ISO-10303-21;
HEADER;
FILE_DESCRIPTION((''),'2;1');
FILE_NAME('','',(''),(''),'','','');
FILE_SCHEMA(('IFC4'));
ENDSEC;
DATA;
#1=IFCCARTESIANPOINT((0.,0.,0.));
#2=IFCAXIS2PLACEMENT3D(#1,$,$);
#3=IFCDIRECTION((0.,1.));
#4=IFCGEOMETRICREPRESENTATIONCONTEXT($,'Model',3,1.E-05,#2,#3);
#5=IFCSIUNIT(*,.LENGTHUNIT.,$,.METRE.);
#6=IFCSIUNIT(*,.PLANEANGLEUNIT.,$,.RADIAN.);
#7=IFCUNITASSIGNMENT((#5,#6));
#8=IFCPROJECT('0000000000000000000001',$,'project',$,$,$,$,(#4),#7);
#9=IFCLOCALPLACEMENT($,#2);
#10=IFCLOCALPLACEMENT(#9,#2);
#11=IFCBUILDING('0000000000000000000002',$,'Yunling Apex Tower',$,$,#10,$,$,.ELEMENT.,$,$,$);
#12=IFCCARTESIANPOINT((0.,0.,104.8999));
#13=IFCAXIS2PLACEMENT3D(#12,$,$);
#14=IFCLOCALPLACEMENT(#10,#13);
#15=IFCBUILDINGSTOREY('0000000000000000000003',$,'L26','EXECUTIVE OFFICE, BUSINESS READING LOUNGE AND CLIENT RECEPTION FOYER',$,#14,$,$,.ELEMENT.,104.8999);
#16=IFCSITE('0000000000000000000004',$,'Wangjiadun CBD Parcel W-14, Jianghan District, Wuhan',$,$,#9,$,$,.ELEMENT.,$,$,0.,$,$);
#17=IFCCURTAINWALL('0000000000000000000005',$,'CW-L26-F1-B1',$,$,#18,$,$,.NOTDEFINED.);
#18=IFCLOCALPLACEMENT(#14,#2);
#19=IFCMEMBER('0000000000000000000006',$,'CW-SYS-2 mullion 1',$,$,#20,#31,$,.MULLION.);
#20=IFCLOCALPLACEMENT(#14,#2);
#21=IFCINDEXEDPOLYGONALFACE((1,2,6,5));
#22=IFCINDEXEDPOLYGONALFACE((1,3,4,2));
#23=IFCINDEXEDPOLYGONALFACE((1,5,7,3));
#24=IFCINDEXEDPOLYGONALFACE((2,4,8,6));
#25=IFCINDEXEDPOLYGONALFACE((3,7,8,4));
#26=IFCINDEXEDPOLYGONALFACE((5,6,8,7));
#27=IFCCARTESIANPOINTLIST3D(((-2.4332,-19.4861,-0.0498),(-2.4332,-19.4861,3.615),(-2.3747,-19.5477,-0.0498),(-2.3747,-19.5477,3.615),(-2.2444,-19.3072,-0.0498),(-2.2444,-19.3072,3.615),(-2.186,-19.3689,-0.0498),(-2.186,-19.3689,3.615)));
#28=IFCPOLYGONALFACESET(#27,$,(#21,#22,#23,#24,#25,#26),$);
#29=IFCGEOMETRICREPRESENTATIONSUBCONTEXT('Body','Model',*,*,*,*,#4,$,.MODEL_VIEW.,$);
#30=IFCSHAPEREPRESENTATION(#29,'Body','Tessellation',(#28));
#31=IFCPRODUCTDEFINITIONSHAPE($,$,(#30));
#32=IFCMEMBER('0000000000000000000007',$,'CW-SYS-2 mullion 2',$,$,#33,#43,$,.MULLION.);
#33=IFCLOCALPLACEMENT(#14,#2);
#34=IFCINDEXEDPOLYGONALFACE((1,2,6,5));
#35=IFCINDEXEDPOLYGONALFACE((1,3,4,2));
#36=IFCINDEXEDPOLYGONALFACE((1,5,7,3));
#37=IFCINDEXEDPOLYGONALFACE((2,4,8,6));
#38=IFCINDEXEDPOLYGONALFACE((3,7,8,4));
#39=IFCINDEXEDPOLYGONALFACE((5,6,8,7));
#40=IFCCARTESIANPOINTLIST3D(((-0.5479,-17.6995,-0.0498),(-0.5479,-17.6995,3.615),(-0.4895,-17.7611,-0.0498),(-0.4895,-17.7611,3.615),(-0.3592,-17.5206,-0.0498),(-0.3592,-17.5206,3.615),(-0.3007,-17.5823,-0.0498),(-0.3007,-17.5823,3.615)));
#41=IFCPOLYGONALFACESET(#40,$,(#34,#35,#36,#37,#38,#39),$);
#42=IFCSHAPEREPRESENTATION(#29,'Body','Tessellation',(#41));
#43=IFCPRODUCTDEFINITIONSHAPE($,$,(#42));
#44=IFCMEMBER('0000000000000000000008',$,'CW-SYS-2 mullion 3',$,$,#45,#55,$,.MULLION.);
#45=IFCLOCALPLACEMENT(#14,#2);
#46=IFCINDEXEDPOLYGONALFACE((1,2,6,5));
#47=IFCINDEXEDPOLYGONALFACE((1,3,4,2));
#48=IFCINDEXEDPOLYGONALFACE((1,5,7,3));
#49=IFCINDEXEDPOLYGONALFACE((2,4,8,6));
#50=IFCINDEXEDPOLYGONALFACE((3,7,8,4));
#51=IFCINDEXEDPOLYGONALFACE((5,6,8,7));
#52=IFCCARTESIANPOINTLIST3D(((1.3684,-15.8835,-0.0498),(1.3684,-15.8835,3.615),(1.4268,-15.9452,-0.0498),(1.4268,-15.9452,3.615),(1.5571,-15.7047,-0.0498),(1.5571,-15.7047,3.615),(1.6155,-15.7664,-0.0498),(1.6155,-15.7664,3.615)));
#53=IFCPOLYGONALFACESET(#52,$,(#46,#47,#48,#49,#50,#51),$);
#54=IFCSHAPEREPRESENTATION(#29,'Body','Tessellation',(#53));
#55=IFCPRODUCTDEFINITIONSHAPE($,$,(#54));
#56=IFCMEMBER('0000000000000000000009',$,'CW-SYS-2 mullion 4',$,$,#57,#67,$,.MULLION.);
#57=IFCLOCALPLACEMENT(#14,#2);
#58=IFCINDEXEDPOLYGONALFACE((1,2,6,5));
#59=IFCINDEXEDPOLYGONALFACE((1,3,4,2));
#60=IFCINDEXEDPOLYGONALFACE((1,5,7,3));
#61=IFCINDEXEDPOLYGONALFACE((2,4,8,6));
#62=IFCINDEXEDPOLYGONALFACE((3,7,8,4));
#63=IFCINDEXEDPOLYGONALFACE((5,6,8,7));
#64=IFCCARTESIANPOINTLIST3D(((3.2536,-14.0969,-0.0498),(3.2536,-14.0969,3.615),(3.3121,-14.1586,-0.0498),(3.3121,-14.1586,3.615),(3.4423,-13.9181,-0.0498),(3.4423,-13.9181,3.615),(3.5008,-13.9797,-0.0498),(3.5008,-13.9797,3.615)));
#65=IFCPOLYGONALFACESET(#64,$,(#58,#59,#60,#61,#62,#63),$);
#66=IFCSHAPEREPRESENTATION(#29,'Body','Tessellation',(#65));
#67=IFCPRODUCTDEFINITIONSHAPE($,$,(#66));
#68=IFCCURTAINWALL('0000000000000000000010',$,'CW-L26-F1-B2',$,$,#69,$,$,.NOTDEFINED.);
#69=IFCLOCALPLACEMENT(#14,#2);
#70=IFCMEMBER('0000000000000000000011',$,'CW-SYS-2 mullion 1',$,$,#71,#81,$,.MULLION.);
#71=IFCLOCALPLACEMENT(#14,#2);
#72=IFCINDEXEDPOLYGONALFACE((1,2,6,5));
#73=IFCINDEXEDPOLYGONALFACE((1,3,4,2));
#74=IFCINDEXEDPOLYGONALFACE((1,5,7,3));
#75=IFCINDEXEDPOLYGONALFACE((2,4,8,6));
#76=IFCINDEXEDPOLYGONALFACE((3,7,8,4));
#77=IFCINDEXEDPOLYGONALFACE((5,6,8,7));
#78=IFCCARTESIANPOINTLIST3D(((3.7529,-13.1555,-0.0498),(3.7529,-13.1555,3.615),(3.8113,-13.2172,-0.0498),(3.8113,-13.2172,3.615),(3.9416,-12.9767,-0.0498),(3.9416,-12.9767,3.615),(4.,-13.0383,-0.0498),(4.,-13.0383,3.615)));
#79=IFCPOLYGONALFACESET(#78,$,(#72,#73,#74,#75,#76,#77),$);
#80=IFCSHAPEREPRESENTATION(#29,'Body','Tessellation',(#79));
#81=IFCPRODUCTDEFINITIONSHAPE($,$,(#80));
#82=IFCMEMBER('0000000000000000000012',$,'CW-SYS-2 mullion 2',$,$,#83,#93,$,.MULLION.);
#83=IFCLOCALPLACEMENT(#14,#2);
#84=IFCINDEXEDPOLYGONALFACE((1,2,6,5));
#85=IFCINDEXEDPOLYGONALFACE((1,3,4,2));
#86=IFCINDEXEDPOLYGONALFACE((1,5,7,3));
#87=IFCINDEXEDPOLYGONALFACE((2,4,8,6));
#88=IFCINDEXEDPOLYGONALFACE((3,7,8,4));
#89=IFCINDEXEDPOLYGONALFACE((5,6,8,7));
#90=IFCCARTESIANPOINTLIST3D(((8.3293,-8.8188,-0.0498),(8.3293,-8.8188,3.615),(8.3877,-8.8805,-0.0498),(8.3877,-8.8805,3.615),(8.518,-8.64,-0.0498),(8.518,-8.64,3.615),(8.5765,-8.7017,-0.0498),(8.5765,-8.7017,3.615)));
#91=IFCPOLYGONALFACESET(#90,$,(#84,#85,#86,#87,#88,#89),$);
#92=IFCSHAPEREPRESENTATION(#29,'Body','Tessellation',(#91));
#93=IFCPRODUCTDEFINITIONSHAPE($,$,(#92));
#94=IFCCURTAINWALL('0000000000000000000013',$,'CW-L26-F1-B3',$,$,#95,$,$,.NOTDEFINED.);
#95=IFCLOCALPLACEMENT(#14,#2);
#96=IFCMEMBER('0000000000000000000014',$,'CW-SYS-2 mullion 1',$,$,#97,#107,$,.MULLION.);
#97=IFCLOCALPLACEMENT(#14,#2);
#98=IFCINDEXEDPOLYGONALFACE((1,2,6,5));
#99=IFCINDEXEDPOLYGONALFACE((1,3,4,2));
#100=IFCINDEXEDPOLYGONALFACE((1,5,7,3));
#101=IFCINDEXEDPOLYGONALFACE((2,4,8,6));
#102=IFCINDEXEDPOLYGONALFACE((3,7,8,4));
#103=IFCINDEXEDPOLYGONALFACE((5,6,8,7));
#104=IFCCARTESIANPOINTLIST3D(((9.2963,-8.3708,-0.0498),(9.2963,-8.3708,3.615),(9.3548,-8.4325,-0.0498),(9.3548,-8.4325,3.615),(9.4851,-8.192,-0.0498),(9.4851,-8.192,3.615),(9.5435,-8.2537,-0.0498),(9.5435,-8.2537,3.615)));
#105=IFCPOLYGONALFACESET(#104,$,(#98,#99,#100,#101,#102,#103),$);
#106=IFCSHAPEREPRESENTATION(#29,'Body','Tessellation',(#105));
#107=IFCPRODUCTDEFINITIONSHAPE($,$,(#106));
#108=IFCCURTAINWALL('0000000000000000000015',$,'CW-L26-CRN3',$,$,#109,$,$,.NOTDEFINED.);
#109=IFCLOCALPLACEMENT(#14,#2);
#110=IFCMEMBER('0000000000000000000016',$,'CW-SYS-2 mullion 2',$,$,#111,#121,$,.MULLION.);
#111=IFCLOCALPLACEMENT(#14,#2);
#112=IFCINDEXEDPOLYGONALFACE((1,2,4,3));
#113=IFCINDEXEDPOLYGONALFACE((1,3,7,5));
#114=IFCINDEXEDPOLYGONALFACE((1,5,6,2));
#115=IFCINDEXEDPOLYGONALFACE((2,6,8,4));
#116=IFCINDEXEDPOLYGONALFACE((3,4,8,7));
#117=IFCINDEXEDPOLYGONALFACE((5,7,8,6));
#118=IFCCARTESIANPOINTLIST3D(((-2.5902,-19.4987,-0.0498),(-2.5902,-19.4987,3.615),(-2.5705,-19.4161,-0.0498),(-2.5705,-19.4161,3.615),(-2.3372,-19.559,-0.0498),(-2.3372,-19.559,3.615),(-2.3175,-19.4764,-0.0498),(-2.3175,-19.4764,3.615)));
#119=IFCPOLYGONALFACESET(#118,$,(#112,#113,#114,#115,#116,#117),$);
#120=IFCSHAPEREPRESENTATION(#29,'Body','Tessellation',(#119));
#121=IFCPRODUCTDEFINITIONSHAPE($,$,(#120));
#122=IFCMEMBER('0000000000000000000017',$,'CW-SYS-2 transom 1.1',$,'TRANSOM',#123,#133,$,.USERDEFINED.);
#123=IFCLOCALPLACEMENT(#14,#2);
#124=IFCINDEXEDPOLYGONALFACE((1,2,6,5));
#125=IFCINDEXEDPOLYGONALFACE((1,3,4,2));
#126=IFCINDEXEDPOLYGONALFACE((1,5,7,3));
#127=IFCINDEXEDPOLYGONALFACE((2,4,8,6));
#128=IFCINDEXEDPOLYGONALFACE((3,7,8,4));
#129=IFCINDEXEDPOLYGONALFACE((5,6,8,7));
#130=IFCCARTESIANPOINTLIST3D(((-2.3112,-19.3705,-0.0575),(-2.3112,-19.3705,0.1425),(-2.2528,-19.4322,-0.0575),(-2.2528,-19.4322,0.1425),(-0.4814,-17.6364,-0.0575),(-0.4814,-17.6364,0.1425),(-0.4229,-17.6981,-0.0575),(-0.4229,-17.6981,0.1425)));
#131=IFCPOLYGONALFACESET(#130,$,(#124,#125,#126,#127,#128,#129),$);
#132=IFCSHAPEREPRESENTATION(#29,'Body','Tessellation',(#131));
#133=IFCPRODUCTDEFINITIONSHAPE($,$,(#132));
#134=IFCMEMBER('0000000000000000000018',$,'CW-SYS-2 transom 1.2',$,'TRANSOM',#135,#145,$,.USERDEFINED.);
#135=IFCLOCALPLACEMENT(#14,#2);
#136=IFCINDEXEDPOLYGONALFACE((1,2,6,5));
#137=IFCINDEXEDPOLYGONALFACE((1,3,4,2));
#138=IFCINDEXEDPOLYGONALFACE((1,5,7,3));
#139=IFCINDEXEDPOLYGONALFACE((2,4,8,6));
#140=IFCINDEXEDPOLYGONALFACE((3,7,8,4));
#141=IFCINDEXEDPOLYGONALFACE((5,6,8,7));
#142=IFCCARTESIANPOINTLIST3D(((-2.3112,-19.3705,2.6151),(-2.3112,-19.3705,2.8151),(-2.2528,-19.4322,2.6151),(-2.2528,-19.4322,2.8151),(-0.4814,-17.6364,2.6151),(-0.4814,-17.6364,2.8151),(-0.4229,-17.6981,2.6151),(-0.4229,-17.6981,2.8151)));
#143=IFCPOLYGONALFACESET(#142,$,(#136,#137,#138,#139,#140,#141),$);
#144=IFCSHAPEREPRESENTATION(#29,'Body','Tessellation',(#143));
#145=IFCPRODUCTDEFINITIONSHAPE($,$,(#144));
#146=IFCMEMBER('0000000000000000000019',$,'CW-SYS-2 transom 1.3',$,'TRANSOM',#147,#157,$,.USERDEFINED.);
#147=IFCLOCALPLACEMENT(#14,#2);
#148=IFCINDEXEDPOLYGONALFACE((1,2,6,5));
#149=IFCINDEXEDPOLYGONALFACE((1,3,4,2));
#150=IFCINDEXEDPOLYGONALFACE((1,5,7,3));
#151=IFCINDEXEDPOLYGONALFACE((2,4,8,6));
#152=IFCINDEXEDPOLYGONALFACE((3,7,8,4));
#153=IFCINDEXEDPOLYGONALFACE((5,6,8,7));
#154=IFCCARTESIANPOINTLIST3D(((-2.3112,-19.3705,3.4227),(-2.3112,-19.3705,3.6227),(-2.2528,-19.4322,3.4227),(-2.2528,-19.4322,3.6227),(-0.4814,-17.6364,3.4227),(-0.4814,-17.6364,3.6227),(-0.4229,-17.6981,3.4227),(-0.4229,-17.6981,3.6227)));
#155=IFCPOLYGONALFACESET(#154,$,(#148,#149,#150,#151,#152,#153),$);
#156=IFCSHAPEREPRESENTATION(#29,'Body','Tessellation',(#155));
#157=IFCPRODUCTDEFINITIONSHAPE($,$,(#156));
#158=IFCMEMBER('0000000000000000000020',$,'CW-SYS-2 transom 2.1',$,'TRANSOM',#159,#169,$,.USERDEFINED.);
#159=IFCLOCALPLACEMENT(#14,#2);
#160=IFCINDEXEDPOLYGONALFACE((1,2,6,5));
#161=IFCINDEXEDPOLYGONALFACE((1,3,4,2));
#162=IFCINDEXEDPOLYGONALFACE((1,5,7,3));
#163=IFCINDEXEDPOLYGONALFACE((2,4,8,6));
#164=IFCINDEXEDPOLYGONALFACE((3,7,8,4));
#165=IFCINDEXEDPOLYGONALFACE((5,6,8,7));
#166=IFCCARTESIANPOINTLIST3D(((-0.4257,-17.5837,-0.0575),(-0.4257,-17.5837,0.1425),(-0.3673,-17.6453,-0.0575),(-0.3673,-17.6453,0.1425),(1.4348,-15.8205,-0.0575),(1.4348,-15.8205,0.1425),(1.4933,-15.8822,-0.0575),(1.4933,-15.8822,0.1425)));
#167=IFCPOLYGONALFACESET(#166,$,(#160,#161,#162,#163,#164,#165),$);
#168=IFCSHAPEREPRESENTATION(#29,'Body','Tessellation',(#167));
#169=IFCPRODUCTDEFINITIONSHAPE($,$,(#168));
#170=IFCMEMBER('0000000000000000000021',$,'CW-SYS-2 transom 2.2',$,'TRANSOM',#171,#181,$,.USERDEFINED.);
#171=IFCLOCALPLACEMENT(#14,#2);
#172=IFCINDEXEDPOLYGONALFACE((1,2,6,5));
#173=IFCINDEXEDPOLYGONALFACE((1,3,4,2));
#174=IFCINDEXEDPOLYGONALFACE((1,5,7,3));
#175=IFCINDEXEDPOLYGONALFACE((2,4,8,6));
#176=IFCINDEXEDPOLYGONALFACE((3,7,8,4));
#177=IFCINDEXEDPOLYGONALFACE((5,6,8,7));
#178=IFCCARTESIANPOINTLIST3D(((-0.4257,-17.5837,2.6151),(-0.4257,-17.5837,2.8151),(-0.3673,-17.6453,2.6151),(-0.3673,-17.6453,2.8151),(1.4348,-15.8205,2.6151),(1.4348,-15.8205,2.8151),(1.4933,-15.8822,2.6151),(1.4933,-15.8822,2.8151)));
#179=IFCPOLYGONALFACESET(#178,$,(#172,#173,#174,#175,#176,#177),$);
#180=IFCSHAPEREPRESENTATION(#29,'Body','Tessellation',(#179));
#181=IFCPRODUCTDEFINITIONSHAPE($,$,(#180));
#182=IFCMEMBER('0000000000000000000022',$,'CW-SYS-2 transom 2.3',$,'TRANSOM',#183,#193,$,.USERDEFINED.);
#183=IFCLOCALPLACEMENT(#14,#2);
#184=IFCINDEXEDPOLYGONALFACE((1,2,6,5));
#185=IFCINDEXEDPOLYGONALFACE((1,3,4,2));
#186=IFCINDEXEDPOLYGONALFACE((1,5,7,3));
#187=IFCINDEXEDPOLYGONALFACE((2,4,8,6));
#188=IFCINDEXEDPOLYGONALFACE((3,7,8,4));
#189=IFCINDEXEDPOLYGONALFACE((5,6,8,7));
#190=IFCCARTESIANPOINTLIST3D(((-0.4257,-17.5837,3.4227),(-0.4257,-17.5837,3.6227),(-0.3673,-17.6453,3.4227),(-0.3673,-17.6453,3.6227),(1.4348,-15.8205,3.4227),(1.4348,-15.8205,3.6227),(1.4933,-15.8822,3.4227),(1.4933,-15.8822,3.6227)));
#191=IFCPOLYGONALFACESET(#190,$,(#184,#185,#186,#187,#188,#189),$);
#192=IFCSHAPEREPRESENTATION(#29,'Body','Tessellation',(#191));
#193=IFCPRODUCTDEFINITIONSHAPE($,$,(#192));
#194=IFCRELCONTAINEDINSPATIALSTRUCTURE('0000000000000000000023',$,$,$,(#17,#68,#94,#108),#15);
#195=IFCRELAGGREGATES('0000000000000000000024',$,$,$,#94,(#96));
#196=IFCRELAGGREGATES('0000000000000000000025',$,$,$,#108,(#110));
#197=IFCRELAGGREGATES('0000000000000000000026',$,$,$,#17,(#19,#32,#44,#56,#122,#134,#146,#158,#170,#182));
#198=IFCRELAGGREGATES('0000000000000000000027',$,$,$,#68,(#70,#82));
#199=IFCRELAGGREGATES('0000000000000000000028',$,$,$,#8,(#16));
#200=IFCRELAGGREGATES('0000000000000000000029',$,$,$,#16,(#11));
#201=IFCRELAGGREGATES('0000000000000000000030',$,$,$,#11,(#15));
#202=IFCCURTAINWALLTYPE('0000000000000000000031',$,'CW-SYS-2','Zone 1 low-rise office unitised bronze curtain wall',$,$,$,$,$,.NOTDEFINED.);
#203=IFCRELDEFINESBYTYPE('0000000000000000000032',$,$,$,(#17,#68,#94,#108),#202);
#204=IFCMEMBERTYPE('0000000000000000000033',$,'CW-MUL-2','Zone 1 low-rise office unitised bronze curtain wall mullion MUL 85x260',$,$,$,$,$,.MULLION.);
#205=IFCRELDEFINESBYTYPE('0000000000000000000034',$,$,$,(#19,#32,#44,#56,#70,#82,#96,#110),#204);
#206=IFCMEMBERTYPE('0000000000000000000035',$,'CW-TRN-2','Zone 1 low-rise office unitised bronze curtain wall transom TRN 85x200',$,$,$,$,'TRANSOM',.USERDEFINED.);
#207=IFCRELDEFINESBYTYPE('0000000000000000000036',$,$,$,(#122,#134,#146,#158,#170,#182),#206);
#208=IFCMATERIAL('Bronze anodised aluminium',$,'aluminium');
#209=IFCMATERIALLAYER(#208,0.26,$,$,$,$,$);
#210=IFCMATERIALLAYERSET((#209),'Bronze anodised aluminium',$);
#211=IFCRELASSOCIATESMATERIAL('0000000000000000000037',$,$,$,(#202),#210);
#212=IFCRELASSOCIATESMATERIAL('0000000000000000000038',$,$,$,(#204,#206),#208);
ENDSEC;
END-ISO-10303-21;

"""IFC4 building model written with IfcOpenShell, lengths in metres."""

from ifc_helpers import new_model, si_unit, direction, frame, origin, origin_2d, place, context, subcontext, project, spatial, rectangle, extrude, source, transform, mapped, material, layer, layer_set, material_profile, profile_set, type_object, element, aggregate, save


model = new_model("IFC4")

# Units and contexts
model_context = context("Model", 3, precision=1e-05, world=origin(), true_north=direction((0.0, 1.0)))
body_context = subcontext(model_context, "Body", "Model", "MODEL_VIEW")
ifc_project = project(units=[si_unit("LENGTHUNIT", "METRE"), si_unit("PLANEANGLEUNIT", "RADIAN")], contexts=[model_context])

# Site, building, storey
site_placement = place(None, origin())
site = spatial("IfcSite", under=ifc_project, at=site_placement, Name="Wangjiadun CBD Parcel W-14, Jianghan District, Wuhan", CompositionType="ELEMENT", RefElevation=0.0)
building_placement = place(site_placement, origin())
building = spatial("IfcBuilding", under=site, at=building_placement, Name="Yunling Apex Tower", CompositionType="ELEMENT")
storey_placement = place(building_placement, frame((0.0, 0.0, 104.8999)))
storey = spatial("IfcBuildingStorey", under=building, at=storey_placement, Name="L26", Description="EXECUTIVE OFFICE, BUSINESS READING LOUNGE AND CLIENT RECEPTION FOYER", CompositionType="ELEMENT", Elevation=104.8999)

# Curtain walls, members
ifc_material_1 = material(Name="Bronze anodised aluminium", Category="aluminium")
ifc_layer_1 = layer(ifc_material_1, 0.26)
ifc_layer_set_1 = layer_set([ifc_layer_1], Name="Bronze anodised aluminium")
curtain_wall_type = type_object("IfcCurtainWallType", Name="CW-SYS-2", Description="Zone 1 low-rise office unitised bronze curtain wall", PredefinedType="NOTDEFINED", material=ifc_layer_set_1)
curtain_wall_1_placement = place(storey_placement, origin())
curtain_wall_1 = element("IfcCurtainWall", 1, at=curtain_wall_1_placement, inside=storey, type_object=curtain_wall_type, Name="CW-L26-F1-B1", PredefinedType="NOTDEFINED")
ifc_material_profile_1 = material_profile(ifc_material_1, rectangle(XDim=0.085, YDim=0.26, at=origin_2d()))
ifc_profile_set_1 = profile_set([ifc_material_profile_1], Name="Bronze anodised aluminium")
member_type_1 = type_object("IfcMemberType", Name="CW-MUL-2", Description="Zone 1 low-rise office unitised bronze curtain wall mullion MUL 85x260", PredefinedType="MULLION", material=ifc_profile_set_1)
shared_shape_1 = source(origin(), body_context, "Body", "SweptSolid", [
    extrude(rectangle(XDim=0.085, YDim=0.26, at=origin_2d()), origin(), (0.0, 0.0, 1.0), 3.6648),
])
member_1_placement = place(storey_placement, frame((-2.3096, -19.4275, -0.0498), z_axis=(0.0, 0.0, 1.0), x_axis=(-0.687861, 0.725842, 0.0)))
member_1 = element("IfcMember", 2, at=member_1_placement, type_object=member_type_1, Name="CW-SYS-2 mullion 1", PredefinedType="MULLION", context=body_context, shape_type="MappedRepresentation", body=[
    mapped(shared_shape_1, transform((0.0, 0.0, 0.0), scale=1.0)),
])
member_2_placement = place(storey_placement, frame((-0.4243, -17.6409, -0.0498), z_axis=(0.0, 0.0, 1.0), x_axis=(-0.687861, 0.725842, 0.0)))
member_2 = element("IfcMember", 3, at=member_2_placement, type_object=member_type_1, Name="CW-SYS-2 mullion 2", PredefinedType="MULLION", context=body_context, shape_type="MappedRepresentation", body=[
    mapped(shared_shape_1, transform((0.0, 0.0, 0.0), scale=1.0)),
])
member_3_placement = place(storey_placement, frame((1.4919, -15.825, -0.0498), z_axis=(0.0, 0.0, 1.0), x_axis=(-0.687861, 0.725842, 0.0)))
member_3 = element("IfcMember", 4, at=member_3_placement, type_object=member_type_1, Name="CW-SYS-2 mullion 3", PredefinedType="MULLION", context=body_context, shape_type="MappedRepresentation", body=[
    mapped(shared_shape_1, transform((0.0, 0.0, 0.0), scale=1.0)),
])
member_4_placement = place(storey_placement, frame((3.3772, -14.0383, -0.0498), z_axis=(0.0, 0.0, 1.0), x_axis=(-0.687861, 0.725842, 0.0)))
member_4 = element("IfcMember", 5, at=member_4_placement, type_object=member_type_1, Name="CW-SYS-2 mullion 4", PredefinedType="MULLION", context=body_context, shape_type="MappedRepresentation", body=[
    mapped(shared_shape_1, transform((0.0, 0.0, 0.0), scale=1.0)),
])
curtain_wall_2_placement = place(storey_placement, origin())
curtain_wall_2 = element("IfcCurtainWall", 6, at=curtain_wall_2_placement, inside=storey, type_object=curtain_wall_type, Name="CW-L26-F1-B2", PredefinedType="NOTDEFINED")
member_5_placement = place(storey_placement, frame((3.8765, -13.0969, -0.0498), z_axis=(0.0, 0.0, 1.0), x_axis=(-0.687844, 0.725858, 0.0)))
member_5 = element("IfcMember", 7, at=member_5_placement, type_object=member_type_1, Name="CW-SYS-2 mullion 1", PredefinedType="MULLION", context=body_context, shape_type="MappedRepresentation", body=[
    mapped(shared_shape_1, transform((0.0, 0.0, 0.0), scale=1.0)),
])
member_6_placement = place(storey_placement, frame((8.4529, -8.7603, -0.0498), z_axis=(0.0, 0.0, 1.0), x_axis=(-0.687844, 0.725858, 0.0)))
member_6 = element("IfcMember", 8, at=member_6_placement, type_object=member_type_1, Name="CW-SYS-2 mullion 2", PredefinedType="MULLION", context=body_context, shape_type="MappedRepresentation", body=[
    mapped(shared_shape_1, transform((0.0, 0.0, 0.0), scale=1.0)),
])

# Curtain walls, members
curtain_wall_3_placement = place(storey_placement, origin())
curtain_wall_3 = element("IfcCurtainWall", 9, at=curtain_wall_3_placement, inside=storey, type_object=curtain_wall_type, Name="CW-L26-F1-B3", PredefinedType="NOTDEFINED")
member_7_placement = place(storey_placement, frame((9.4199, -8.3123, -0.0498), z_axis=(0.0, 0.0, 1.0), x_axis=(-0.687861, 0.725842, 0.0)))
member_7 = element("IfcMember", 10, at=member_7_placement, type_object=member_type_1, Name="CW-SYS-2 mullion 1", PredefinedType="MULLION", context=body_context, shape_type="MappedRepresentation", body=[
    mapped(shared_shape_1, transform((0.0, 0.0, 0.0), scale=1.0)),
])
aggregate(curtain_wall_3, [member_7])
curtain_wall_4_placement = place(storey_placement, origin())
curtain_wall_4 = element("IfcCurtainWall", 11, at=curtain_wall_4_placement, inside=storey, type_object=curtain_wall_type, Name="CW-L26-CRN3", PredefinedType="NOTDEFINED")
member_8_placement = place(storey_placement, frame((-2.4539, -19.4875, -0.0498), z_axis=(0.0, 0.0, 1.0), x_axis=(0.231895, 0.972741, 0.0)))
member_8 = element("IfcMember", 12, at=member_8_placement, type_object=member_type_1, Name="CW-SYS-2 mullion 2", PredefinedType="MULLION", context=body_context, shape_type="MappedRepresentation", body=[
    mapped(shared_shape_1, transform((0.0, 0.0, 0.0), scale=1.0)),
])
aggregate(curtain_wall_4, [member_8])

# Members
ifc_material_profile_2 = material_profile(ifc_material_1, rectangle(XDim=0.085, YDim=0.2, at=origin_2d()))
ifc_profile_set_2 = profile_set([ifc_material_profile_2], Name="Bronze anodised aluminium")
member_type_2 = type_object("IfcMemberType", Name="CW-TRN-2", Description="Zone 1 low-rise office unitised bronze curtain wall transom TRN 85x200", ElementType="TRANSOM", PredefinedType="USERDEFINED", material=ifc_profile_set_2)
shared_shape_2 = source(origin(), body_context, "Body", "SweptSolid", [
    extrude(rectangle(XDim=0.085, YDim=0.2, at=origin_2d()), origin(), (0.0, 0.0, 1.0), 2.521),
])
member_9_placement = place(storey_placement, frame((-2.282, -19.4014, 0.0425), z_axis=(0.725833, 0.687871, 0.0), x_axis=(-0.687871, 0.725833, 0.0)))
member_9 = element("IfcMember", 13, at=member_9_placement, type_object=member_type_2, Name="CW-SYS-2 transom 1.1", ObjectType="TRANSOM", PredefinedType="USERDEFINED", context=body_context, shape_type="MappedRepresentation", body=[
    mapped(shared_shape_2, transform((0.0, 0.0, 0.0), scale=1.0)),
])
member_10_placement = place(storey_placement, frame((-2.282, -19.4014, 2.7151), z_axis=(0.725833, 0.687871, 0.0), x_axis=(-0.687871, 0.725833, 0.0)))
member_10 = element("IfcMember", 14, at=member_10_placement, type_object=member_type_2, Name="CW-SYS-2 transom 1.2", ObjectType="TRANSOM", PredefinedType="USERDEFINED", context=body_context, shape_type="MappedRepresentation", body=[
    mapped(shared_shape_2, transform((0.0, 0.0, 0.0), scale=1.0)),
])
member_11_placement = place(storey_placement, frame((-2.282, -19.4014, 3.5227), z_axis=(0.725833, 0.687871, 0.0), x_axis=(-0.687871, 0.725833, 0.0)))
member_11 = element("IfcMember", 15, at=member_11_placement, type_object=member_type_2, Name="CW-SYS-2 transom 1.3", ObjectType="TRANSOM", PredefinedType="USERDEFINED", context=body_context, shape_type="MappedRepresentation", body=[
    mapped(shared_shape_2, transform((0.0, 0.0, 0.0), scale=1.0)),
])
shared_shape_3 = source(origin(), body_context, "Body", "SweptSolid", [
    extrude(rectangle(XDim=0.085, YDim=0.2, at=origin_2d()), origin(), (0.0, 0.0, 1.0), 2.5632),
])
member_12_placement = place(storey_placement, frame((-0.3965, -17.6145, 0.0425), z_axis=(0.725853, 0.68785, 0.0), x_axis=(-0.68785, 0.725853, 0.0)))
member_12 = element("IfcMember", 16, at=member_12_placement, type_object=member_type_2, Name="CW-SYS-2 transom 2.1", ObjectType="TRANSOM", PredefinedType="USERDEFINED", context=body_context, shape_type="MappedRepresentation", body=[
    mapped(shared_shape_3, transform((0.0, 0.0, 0.0), scale=1.0)),
])
member_13_placement = place(storey_placement, frame((-0.3965, -17.6145, 2.7151), z_axis=(0.725853, 0.68785, 0.0), x_axis=(-0.68785, 0.725853, 0.0)))
member_13 = element("IfcMember", 17, at=member_13_placement, type_object=member_type_2, Name="CW-SYS-2 transom 2.2", ObjectType="TRANSOM", PredefinedType="USERDEFINED", context=body_context, shape_type="MappedRepresentation", body=[
    mapped(shared_shape_3, transform((0.0, 0.0, 0.0), scale=1.0)),
])
member_14_placement = place(storey_placement, frame((-0.3965, -17.6145, 3.5227), z_axis=(0.725853, 0.68785, 0.0), x_axis=(-0.68785, 0.725853, 0.0)))
member_14 = element("IfcMember", 18, at=member_14_placement, type_object=member_type_2, Name="CW-SYS-2 transom 2.3", ObjectType="TRANSOM", PredefinedType="USERDEFINED", context=body_context, shape_type="MappedRepresentation", body=[
    mapped(shared_shape_3, transform((0.0, 0.0, 0.0), scale=1.0)),
])

aggregate(curtain_wall_1, [member_1, member_2, member_3, member_4, member_9, member_10, member_11, member_12, member_13, member_14])
aggregate(curtain_wall_2, [member_5, member_6])

save(model, "model.ifc")
